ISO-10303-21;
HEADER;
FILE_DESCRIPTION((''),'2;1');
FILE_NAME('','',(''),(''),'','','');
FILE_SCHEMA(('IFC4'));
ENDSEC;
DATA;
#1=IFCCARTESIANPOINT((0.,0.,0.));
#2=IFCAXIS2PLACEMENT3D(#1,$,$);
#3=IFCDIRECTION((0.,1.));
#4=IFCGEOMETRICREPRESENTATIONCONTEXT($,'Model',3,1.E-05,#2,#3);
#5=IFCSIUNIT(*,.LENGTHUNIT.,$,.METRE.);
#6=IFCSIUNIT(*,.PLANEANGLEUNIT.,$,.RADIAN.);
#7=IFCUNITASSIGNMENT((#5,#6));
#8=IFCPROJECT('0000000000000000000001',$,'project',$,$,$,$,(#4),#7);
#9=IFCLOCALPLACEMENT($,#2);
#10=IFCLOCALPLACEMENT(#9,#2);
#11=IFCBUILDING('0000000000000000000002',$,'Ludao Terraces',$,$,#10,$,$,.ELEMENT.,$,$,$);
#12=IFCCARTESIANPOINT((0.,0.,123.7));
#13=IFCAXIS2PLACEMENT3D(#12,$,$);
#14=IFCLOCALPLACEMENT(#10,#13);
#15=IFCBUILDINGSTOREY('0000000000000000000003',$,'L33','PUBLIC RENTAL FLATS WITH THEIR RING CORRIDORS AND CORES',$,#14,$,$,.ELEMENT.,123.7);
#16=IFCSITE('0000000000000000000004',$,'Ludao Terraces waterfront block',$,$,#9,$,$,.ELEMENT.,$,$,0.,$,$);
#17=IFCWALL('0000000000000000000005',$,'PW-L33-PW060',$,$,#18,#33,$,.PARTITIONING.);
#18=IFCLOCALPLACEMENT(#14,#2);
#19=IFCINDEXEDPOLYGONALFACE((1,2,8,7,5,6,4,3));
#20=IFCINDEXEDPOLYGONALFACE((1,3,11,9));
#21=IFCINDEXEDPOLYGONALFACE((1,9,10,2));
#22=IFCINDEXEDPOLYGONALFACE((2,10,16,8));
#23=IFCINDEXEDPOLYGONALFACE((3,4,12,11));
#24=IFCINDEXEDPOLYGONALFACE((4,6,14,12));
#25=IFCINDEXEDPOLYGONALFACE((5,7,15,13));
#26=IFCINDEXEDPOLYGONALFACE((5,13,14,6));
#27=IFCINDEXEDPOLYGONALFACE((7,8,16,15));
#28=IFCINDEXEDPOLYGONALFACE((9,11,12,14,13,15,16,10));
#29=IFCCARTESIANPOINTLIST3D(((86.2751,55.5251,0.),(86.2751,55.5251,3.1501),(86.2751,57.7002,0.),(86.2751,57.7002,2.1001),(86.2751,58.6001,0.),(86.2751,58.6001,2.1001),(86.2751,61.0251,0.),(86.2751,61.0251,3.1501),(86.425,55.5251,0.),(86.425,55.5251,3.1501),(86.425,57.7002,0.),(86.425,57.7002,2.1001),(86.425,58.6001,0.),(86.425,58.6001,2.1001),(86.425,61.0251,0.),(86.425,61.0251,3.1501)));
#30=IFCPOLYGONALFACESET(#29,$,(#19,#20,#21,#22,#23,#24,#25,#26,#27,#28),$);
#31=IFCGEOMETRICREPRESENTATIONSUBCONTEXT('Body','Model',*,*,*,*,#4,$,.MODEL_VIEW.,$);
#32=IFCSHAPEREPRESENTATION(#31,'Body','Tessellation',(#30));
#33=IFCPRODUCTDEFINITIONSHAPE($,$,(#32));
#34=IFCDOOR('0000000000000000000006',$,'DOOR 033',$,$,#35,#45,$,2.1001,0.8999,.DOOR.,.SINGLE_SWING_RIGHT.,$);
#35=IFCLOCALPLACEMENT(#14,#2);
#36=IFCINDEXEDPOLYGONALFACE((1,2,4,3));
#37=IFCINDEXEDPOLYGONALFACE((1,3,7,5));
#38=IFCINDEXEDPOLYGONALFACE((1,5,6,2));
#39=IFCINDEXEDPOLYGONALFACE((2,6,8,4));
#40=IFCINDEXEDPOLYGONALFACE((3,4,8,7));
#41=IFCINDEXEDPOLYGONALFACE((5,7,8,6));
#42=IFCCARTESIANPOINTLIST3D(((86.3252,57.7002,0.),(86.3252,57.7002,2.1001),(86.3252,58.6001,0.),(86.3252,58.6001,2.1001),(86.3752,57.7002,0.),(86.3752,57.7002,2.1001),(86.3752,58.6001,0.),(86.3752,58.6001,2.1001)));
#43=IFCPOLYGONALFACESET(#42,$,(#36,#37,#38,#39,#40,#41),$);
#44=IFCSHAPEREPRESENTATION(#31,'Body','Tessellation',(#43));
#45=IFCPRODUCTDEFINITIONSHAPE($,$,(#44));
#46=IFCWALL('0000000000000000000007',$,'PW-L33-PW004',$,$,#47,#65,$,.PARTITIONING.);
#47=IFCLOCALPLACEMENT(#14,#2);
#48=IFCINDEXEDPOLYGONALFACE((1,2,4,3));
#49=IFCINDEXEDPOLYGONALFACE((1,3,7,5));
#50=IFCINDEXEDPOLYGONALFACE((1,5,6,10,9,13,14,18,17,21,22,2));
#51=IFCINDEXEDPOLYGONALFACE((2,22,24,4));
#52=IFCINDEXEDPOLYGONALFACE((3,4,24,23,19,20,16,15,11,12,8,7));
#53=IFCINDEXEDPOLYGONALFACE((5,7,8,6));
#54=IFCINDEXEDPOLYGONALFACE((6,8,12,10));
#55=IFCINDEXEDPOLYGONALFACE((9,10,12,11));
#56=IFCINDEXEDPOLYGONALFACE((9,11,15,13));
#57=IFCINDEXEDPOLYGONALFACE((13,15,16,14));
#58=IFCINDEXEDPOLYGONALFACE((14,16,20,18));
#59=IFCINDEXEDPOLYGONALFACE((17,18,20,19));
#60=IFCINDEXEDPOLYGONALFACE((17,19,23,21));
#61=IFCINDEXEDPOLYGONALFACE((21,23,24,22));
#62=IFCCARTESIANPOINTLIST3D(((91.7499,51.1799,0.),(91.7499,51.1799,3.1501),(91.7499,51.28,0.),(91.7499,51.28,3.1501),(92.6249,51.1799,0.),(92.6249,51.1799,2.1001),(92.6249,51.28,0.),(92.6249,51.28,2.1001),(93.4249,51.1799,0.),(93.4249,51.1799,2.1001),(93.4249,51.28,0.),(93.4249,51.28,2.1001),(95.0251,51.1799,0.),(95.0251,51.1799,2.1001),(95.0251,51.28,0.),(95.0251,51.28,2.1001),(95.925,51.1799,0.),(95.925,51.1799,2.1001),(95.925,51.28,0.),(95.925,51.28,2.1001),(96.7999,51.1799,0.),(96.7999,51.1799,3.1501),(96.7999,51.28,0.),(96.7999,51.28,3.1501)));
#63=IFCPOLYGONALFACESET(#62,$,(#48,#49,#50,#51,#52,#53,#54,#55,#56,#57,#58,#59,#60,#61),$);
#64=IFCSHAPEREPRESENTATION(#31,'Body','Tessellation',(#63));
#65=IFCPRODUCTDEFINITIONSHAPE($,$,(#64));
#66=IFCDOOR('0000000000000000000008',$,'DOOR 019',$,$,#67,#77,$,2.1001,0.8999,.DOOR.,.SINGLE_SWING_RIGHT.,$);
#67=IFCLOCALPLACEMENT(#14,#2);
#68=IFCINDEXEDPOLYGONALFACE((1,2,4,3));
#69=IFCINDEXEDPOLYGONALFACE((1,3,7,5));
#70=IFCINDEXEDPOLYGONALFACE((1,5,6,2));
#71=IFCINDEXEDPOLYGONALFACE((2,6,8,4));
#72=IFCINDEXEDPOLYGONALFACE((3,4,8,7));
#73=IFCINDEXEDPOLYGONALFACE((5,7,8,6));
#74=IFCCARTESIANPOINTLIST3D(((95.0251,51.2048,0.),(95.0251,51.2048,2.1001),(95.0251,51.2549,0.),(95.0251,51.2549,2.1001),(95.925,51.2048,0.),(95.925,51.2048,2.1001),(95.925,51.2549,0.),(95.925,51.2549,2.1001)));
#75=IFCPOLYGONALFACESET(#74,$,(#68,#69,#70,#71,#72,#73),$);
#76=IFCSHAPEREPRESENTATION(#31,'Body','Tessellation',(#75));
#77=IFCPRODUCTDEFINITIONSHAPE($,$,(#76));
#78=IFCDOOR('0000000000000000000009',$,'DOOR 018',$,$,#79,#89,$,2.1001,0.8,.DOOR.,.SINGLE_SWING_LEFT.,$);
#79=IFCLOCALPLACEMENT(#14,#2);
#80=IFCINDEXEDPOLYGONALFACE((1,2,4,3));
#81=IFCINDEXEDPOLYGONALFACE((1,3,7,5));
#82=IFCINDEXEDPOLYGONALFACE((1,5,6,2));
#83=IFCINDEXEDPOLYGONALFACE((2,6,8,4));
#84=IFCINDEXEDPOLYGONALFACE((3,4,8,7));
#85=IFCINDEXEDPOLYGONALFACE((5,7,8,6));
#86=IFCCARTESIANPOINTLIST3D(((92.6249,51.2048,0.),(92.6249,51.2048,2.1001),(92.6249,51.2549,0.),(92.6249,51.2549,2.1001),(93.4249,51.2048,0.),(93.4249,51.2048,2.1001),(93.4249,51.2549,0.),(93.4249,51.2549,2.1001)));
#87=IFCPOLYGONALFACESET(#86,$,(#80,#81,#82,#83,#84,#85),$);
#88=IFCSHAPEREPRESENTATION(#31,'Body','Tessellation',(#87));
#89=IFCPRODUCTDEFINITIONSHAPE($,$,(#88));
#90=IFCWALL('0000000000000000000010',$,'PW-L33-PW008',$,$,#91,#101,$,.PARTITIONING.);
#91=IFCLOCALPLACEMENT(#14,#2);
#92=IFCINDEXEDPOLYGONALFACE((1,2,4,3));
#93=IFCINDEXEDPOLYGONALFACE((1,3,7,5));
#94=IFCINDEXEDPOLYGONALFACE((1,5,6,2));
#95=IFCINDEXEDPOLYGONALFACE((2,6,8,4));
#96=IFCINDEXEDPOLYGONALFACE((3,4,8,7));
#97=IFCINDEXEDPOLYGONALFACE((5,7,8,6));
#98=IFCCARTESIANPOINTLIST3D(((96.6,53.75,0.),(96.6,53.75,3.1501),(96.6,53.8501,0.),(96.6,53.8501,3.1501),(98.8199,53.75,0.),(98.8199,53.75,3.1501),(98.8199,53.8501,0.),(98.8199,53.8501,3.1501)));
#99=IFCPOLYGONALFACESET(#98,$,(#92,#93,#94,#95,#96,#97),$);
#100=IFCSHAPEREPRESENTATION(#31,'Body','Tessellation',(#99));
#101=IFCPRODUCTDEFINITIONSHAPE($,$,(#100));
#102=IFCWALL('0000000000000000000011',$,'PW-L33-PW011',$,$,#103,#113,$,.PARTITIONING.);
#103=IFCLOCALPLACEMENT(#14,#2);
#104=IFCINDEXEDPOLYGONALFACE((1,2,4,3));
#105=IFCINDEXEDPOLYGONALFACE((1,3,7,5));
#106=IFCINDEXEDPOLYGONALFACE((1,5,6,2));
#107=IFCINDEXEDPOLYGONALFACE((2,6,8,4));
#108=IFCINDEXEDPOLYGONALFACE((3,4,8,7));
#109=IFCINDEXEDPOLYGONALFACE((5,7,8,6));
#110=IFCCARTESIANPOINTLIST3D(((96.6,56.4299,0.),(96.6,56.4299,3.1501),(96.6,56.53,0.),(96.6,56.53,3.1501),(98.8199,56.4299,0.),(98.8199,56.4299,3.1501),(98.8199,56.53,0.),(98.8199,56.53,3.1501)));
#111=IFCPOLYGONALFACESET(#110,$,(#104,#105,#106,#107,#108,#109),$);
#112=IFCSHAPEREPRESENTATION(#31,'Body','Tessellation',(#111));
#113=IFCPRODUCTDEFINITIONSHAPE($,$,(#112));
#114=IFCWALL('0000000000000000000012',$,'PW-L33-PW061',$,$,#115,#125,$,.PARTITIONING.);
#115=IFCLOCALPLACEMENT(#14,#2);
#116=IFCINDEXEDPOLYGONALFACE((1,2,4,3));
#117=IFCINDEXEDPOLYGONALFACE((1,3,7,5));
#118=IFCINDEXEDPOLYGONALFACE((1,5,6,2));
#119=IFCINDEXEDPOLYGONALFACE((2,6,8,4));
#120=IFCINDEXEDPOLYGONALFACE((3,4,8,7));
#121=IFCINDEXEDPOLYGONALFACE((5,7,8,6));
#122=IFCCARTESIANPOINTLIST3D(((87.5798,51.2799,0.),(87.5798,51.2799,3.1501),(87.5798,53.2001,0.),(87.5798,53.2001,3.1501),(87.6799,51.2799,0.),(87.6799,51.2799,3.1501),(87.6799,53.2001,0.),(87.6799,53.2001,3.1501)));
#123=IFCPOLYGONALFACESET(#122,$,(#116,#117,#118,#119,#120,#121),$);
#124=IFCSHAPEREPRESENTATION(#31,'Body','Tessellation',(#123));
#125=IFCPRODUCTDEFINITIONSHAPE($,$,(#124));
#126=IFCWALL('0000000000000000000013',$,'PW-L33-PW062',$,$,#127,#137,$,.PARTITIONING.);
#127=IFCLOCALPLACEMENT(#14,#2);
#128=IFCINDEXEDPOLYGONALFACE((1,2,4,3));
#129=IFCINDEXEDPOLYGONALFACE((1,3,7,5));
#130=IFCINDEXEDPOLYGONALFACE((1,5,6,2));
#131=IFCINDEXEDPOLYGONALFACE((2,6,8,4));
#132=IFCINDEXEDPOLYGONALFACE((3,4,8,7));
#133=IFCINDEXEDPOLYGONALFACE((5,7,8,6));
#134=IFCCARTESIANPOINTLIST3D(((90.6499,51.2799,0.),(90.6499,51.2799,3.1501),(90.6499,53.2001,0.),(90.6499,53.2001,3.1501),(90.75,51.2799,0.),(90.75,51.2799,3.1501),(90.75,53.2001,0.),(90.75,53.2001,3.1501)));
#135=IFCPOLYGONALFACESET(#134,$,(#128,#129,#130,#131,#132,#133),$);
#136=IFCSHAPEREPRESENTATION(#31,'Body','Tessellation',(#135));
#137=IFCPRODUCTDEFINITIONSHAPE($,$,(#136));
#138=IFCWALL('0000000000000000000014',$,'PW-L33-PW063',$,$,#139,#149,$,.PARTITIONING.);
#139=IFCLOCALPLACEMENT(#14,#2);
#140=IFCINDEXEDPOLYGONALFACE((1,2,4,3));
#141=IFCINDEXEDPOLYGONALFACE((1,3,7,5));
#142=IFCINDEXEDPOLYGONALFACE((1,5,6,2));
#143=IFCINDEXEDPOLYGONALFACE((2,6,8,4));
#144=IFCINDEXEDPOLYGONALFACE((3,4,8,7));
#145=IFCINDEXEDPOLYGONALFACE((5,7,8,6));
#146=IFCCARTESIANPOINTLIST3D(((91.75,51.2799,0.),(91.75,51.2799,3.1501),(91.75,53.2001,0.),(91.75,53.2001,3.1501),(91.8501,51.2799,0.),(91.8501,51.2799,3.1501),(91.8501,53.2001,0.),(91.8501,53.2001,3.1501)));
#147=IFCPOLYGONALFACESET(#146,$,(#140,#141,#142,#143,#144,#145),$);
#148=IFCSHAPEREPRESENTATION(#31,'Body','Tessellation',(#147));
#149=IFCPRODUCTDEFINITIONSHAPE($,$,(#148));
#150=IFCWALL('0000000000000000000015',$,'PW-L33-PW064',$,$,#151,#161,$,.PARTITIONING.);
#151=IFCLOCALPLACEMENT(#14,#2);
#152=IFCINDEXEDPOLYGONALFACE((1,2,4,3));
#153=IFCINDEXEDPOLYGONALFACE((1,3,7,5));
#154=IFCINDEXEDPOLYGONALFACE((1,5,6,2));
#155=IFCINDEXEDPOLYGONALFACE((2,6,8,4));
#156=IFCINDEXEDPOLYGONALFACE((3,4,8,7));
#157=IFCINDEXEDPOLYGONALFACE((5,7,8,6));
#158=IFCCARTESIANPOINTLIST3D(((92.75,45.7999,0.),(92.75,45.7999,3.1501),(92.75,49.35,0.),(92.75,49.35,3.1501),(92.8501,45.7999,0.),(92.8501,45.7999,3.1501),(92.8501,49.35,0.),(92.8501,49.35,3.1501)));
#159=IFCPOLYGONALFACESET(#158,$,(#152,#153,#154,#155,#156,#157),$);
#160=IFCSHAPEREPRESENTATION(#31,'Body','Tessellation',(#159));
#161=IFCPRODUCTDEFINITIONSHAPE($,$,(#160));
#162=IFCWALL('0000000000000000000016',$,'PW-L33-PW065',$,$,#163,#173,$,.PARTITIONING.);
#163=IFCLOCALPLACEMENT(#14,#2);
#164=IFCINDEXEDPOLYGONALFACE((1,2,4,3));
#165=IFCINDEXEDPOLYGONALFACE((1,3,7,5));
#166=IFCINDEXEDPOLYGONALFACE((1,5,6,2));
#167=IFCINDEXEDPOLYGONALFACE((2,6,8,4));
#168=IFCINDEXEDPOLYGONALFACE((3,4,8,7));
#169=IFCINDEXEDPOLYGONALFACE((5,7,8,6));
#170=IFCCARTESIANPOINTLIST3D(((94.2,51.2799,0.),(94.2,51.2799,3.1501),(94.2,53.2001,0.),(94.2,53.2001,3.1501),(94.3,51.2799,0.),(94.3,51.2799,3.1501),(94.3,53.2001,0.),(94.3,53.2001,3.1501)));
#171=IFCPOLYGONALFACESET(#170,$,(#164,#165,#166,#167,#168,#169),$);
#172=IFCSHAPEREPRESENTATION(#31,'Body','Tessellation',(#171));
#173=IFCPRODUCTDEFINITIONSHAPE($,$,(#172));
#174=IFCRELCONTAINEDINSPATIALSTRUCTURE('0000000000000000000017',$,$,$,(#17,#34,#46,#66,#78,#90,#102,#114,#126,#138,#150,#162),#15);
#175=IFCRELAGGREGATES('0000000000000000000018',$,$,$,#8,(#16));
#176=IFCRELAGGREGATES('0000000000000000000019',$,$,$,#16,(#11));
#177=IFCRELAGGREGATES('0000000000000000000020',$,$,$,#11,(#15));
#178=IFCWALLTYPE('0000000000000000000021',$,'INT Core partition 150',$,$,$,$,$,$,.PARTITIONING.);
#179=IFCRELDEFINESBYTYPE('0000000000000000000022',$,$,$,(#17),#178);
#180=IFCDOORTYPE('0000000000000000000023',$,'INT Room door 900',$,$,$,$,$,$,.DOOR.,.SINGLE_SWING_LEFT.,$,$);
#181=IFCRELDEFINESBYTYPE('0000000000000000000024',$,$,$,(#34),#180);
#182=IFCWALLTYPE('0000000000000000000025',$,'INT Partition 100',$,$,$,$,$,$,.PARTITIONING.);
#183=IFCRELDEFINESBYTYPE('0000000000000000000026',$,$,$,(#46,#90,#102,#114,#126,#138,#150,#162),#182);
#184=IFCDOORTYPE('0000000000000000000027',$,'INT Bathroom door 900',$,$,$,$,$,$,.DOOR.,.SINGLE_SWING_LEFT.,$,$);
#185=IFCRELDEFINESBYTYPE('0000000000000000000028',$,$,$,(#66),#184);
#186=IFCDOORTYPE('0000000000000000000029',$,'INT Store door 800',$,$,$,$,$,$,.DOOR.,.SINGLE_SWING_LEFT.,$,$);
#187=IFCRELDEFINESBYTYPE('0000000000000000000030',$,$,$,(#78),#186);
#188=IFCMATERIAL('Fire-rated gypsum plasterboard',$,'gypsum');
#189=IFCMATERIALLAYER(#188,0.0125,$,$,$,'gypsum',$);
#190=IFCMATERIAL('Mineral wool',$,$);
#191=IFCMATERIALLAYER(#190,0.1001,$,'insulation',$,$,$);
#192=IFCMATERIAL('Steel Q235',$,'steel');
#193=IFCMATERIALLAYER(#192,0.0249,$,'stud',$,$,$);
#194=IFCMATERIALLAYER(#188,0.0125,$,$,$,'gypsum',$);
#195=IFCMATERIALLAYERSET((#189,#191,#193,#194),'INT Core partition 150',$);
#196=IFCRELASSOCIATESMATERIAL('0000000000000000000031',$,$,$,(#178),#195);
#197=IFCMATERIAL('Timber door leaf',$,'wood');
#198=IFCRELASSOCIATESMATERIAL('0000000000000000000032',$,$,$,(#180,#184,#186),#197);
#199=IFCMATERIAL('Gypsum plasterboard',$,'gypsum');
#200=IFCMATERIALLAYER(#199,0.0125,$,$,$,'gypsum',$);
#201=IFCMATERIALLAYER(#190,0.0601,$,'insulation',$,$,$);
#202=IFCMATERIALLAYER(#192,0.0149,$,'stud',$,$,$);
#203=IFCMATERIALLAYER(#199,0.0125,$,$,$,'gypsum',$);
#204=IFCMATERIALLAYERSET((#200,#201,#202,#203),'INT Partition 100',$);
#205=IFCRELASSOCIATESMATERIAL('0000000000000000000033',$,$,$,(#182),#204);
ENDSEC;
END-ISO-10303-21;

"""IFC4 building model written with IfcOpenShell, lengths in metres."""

from ifc_helpers import new_model, si_unit, direction, frame, frame_2d, origin, place, context, subcontext, project, spatial, rectangle, extrude, material, layer, layer_set, type_object, element, fill, save


model = new_model("IFC4")

# Units and contexts
model_context = context("Model", 3, precision=1e-05, world=origin(), true_north=direction((0.0, 1.0)))
body_context = subcontext(model_context, "Body", "Model", "MODEL_VIEW")
ifc_project = project(units=[si_unit("LENGTHUNIT", "METRE"), si_unit("PLANEANGLEUNIT", "RADIAN")], contexts=[model_context])

# Site, building, storey
site_placement = place(None, origin())
site = spatial("IfcSite", under=ifc_project, at=site_placement, Name="Ludao Terraces waterfront block", CompositionType="ELEMENT", RefElevation=0.0)
building_placement = place(site_placement, origin())
building = spatial("IfcBuilding", under=site, at=building_placement, Name="Ludao Terraces", CompositionType="ELEMENT")
storey_placement = place(building_placement, frame((0.0, 0.0, 123.7)))
storey = spatial("IfcBuildingStorey", under=building, at=storey_placement, Name="L33", Description="PUBLIC RENTAL FLATS WITH THEIR RING CORRIDORS AND CORES", CompositionType="ELEMENT", Elevation=123.7)

# Shared definitions
ifc_material_1 = material(Name="Steel Q235", Category="steel")

# Shared definitions
ifc_material_2 = material(Name="Mineral wool")

# Wall, opening, door
ifc_material_3 = material(Name="Fire-rated gypsum plasterboard", Category="gypsum")
ifc_layer_1 = layer(ifc_material_3, 0.0125, Category="gypsum")
ifc_layer_2 = layer(ifc_material_2, 0.1001, Name="insulation")
ifc_layer_3 = layer(ifc_material_1, 0.0249, Name="stud")
ifc_layer_4 = layer(ifc_material_3, 0.0125, Category="gypsum")
ifc_layer_set_1 = layer_set([ifc_layer_1, ifc_layer_2, ifc_layer_3, ifc_layer_4], Name="INT Core partition 150")
wall_type_1 = type_object("IfcWallType", Name="INT Core partition 150", PredefinedType="PARTITIONING", material=ifc_layer_set_1)
wall_1_placement = place(storey_placement, frame((86.3501, 55.5251, 0.0), z_axis=(0.0, 0.0, 1.0), x_axis=(0.0, 1.0, 0.0)))
wall_1 = element("IfcWall", 1, at=wall_1_placement, inside=storey, type_object=wall_type_1, Name="PW-L33-PW060", PredefinedType="PARTITIONING", context=body_context, shape_type="SweptSolid", body=[
    extrude(rectangle(XDim=5.5, YDim=0.1499, at=frame_2d((2.75, 0.0))), origin(), (0.0, 0.0, 1.0), 3.1501),
])
opening_1_placement = place(wall_1_placement, frame((2.175, 0.0, 0.0)))
opening_1 = element("IfcOpeningElement", 2, at=opening_1_placement, cuts=wall_1, PredefinedType="OPENING", context=body_context, shape_type="SweptSolid", body=[
    extrude(rectangle(XDim=0.8999, YDim=2.1001, at=frame_2d((0.45, 1.05))), frame((0.0, 0.085, 0.0), z_axis=(0.0, -1.0, 0.0), x_axis=(1.0, 0.0, 0.0)), (0.0, 0.0, 1.0), 0.1699),
])
ifc_material_4 = material(Name="Timber door leaf", Category="wood")
door_type_1 = type_object("IfcDoorType", Name="INT Room door 900", OperationType="SINGLE_SWING_LEFT", PredefinedType="DOOR", material=ifc_material_4)
door_1_placement = place(opening_1_placement, origin())
door_1 = element("IfcDoor", 3, at=door_1_placement, inside=storey, type_object=door_type_1, Name="DOOR 033", OperationType="SINGLE_SWING_RIGHT", OverallHeight=2.1001, OverallWidth=0.8999, PredefinedType="DOOR", context=body_context, shape_type="SweptSolid", body=[
    extrude(rectangle(XDim=0.8999, YDim=2.1001, at=frame_2d((0.45, 1.05))), frame((0.0, 0.0249, 0.0), z_axis=(0.0, -1.0, 0.0), x_axis=(1.0, 0.0, 0.0)), (0.0, 0.0, 1.0), 0.05),
])
fill(opening_1, door_1)

# Wall, openings, doors
ifc_material_5 = material(Name="Gypsum plasterboard", Category="gypsum")
ifc_layer_5 = layer(ifc_material_5, 0.0125, Category="gypsum")
ifc_layer_6 = layer(ifc_material_2, 0.0601, Name="insulation")
ifc_layer_7 = layer(ifc_material_1, 0.0149, Name="stud")
ifc_layer_8 = layer(ifc_material_5, 0.0125, Category="gypsum")
ifc_layer_set_2 = layer_set([ifc_layer_5, ifc_layer_6, ifc_layer_7, ifc_layer_8], Name="INT Partition 100")
wall_type_2 = type_object("IfcWallType", Name="INT Partition 100", PredefinedType="PARTITIONING", material=ifc_layer_set_2)
wall_2_placement = place(storey_placement, frame((91.75, 51.23, 0.0), z_axis=(0.0, 0.0, 1.0), x_axis=(1.0, 0.0, 0.0)))
wall_2 = element("IfcWall", 4, at=wall_2_placement, inside=storey, type_object=wall_type_2, Name="PW-L33-PW004", PredefinedType="PARTITIONING", context=body_context, shape_type="SweptSolid", body=[
    extrude(rectangle(XDim=5.05, YDim=0.1001, at=frame_2d((2.5249, 0.0))), origin(), (0.0, 0.0, 1.0), 3.1501),
])
opening_2_placement = place(wall_2_placement, frame((0.875, 0.0, 0.0)))
opening_2 = element("IfcOpeningElement", 5, at=opening_2_placement, cuts=wall_2, PredefinedType="OPENING", context=body_context, shape_type="SweptSolid", body=[
    extrude(rectangle(XDim=0.8, YDim=2.1001, at=frame_2d((0.3999, 1.05))), frame((0.0, 0.0601, 0.0), z_axis=(0.0, -1.0, 0.0), x_axis=(1.0, 0.0, 0.0)), (0.0, 0.0, 1.0), 0.1201),
])
opening_3_placement = place(wall_2_placement, frame((3.2751, 0.0, 0.0)))
opening_3 = element("IfcOpeningElement", 6, at=opening_3_placement, cuts=wall_2, PredefinedType="OPENING", context=body_context, shape_type="SweptSolid", body=[
    extrude(rectangle(XDim=0.8999, YDim=2.1001, at=frame_2d((0.45, 1.05))), frame((0.0, 0.0601, 0.0), z_axis=(0.0, -1.0, 0.0), x_axis=(1.0, 0.0, 0.0)), (0.0, 0.0, 1.0), 0.1201),
])
door_type_2 = type_object("IfcDoorType", Name="INT Bathroom door 900", OperationType="SINGLE_SWING_LEFT", PredefinedType="DOOR", material=ifc_material_4)
door_2_placement = place(opening_3_placement, origin())
door_2 = element("IfcDoor", 7, at=door_2_placement, inside=storey, type_object=door_type_2, Name="DOOR 019", OperationType="SINGLE_SWING_RIGHT", OverallHeight=2.1001, OverallWidth=0.8999, PredefinedType="DOOR", context=body_context, shape_type="SweptSolid", body=[
    extrude(rectangle(XDim=0.8999, YDim=2.1001, at=frame_2d((0.45, 1.05))), frame((0.0, 0.0249, 0.0), z_axis=(0.0, -1.0, 0.0), x_axis=(1.0, 0.0, 0.0)), (0.0, 0.0, 1.0), 0.05),
])
fill(opening_3, door_2)
door_type_3 = type_object("IfcDoorType", Name="INT Store door 800", OperationType="SINGLE_SWING_LEFT", PredefinedType="DOOR", material=ifc_material_4)
door_3_placement = place(opening_2_placement, origin())
door_3 = element("IfcDoor", 8, at=door_3_placement, inside=storey, type_object=door_type_3, Name="DOOR 018", OperationType="SINGLE_SWING_LEFT", OverallHeight=2.1001, OverallWidth=0.8, PredefinedType="DOOR", context=body_context, shape_type="SweptSolid", body=[
    extrude(rectangle(XDim=0.8, YDim=2.1001, at=frame_2d((0.3999, 1.05))), frame((0.0, 0.0249, 0.0), z_axis=(0.0, -1.0, 0.0), x_axis=(1.0, 0.0, 0.0)), (0.0, 0.0, 1.0), 0.05),
])
fill(opening_2, door_3)

# Walls
for number, where, z_axis, x_axis, name in (
    (9, (96.6001, 53.8, 0.0), (0.0, 0.0, 1.0), (1.0, 0.0, 0.0), "PW-L33-PW008"),
    (10, (96.6001, 56.48, 0.0), (0.0, 0.0, 1.0), (1.0, 0.0, 0.0), "PW-L33-PW011"),
):
    element("IfcWall", number, at=place(storey_placement, frame(where, z_axis=z_axis, x_axis=x_axis)), inside=storey, type_object=wall_type_2, Name=name, PredefinedType="PARTITIONING", context=body_context, shape_type="SweptSolid", body=[
        extrude(rectangle(XDim=2.22, YDim=0.1001, at=frame_2d((1.1099, 0.0))), origin(), (0.0, 0.0, 1.0), 3.1501),
    ])
for number, where, z_axis, x_axis, name in (
    (11, (87.6299, 51.28, 0.0), (0.0, 0.0, 1.0), (0.0, 1.0, 0.0), "PW-L33-PW061"),
    (12, (90.7, 51.28, 0.0), (0.0, 0.0, 1.0), (0.0, 1.0, 0.0), "PW-L33-PW062"),
    (13, (91.8, 51.28, 0.0), (0.0, 0.0, 1.0), (0.0, 1.0, 0.0), "PW-L33-PW063"),
):
    element("IfcWall", number, at=place(storey_placement, frame(where, z_axis=z_axis, x_axis=x_axis)), inside=storey, type_object=wall_type_2, Name=name, PredefinedType="PARTITIONING", context=body_context, shape_type="SweptSolid", body=[
        extrude(rectangle(XDim=1.9202, YDim=0.1001, at=frame_2d((0.96, 0.0))), origin(), (0.0, 0.0, 1.0), 3.1501),
    ])
wall_3_placement = place(storey_placement, frame((92.8, 45.8, 0.0), z_axis=(0.0, 0.0, 1.0), x_axis=(0.0, 1.0, 0.0)))
element("IfcWall", 14, at=wall_3_placement, inside=storey, type_object=wall_type_2, Name="PW-L33-PW064", PredefinedType="PARTITIONING", context=body_context, shape_type="SweptSolid", body=[
    extrude(rectangle(XDim=3.55, YDim=0.1001, at=frame_2d((1.7749, 0.0))), origin(), (0.0, 0.0, 1.0), 3.1501),
])
wall_4_placement = place(storey_placement, frame((94.25, 51.28, 0.0), z_axis=(0.0, 0.0, 1.0), x_axis=(0.0, 1.0, 0.0)))
element("IfcWall", 15, at=wall_4_placement, inside=storey, type_object=wall_type_2, Name="PW-L33-PW065", PredefinedType="PARTITIONING", context=body_context, shape_type="SweptSolid", body=[
    extrude(rectangle(XDim=1.9202, YDim=0.1001, at=frame_2d((0.96, 0.0))), origin(), (0.0, 0.0, 1.0), 3.1501),
])

save(model, "model.ifc")
